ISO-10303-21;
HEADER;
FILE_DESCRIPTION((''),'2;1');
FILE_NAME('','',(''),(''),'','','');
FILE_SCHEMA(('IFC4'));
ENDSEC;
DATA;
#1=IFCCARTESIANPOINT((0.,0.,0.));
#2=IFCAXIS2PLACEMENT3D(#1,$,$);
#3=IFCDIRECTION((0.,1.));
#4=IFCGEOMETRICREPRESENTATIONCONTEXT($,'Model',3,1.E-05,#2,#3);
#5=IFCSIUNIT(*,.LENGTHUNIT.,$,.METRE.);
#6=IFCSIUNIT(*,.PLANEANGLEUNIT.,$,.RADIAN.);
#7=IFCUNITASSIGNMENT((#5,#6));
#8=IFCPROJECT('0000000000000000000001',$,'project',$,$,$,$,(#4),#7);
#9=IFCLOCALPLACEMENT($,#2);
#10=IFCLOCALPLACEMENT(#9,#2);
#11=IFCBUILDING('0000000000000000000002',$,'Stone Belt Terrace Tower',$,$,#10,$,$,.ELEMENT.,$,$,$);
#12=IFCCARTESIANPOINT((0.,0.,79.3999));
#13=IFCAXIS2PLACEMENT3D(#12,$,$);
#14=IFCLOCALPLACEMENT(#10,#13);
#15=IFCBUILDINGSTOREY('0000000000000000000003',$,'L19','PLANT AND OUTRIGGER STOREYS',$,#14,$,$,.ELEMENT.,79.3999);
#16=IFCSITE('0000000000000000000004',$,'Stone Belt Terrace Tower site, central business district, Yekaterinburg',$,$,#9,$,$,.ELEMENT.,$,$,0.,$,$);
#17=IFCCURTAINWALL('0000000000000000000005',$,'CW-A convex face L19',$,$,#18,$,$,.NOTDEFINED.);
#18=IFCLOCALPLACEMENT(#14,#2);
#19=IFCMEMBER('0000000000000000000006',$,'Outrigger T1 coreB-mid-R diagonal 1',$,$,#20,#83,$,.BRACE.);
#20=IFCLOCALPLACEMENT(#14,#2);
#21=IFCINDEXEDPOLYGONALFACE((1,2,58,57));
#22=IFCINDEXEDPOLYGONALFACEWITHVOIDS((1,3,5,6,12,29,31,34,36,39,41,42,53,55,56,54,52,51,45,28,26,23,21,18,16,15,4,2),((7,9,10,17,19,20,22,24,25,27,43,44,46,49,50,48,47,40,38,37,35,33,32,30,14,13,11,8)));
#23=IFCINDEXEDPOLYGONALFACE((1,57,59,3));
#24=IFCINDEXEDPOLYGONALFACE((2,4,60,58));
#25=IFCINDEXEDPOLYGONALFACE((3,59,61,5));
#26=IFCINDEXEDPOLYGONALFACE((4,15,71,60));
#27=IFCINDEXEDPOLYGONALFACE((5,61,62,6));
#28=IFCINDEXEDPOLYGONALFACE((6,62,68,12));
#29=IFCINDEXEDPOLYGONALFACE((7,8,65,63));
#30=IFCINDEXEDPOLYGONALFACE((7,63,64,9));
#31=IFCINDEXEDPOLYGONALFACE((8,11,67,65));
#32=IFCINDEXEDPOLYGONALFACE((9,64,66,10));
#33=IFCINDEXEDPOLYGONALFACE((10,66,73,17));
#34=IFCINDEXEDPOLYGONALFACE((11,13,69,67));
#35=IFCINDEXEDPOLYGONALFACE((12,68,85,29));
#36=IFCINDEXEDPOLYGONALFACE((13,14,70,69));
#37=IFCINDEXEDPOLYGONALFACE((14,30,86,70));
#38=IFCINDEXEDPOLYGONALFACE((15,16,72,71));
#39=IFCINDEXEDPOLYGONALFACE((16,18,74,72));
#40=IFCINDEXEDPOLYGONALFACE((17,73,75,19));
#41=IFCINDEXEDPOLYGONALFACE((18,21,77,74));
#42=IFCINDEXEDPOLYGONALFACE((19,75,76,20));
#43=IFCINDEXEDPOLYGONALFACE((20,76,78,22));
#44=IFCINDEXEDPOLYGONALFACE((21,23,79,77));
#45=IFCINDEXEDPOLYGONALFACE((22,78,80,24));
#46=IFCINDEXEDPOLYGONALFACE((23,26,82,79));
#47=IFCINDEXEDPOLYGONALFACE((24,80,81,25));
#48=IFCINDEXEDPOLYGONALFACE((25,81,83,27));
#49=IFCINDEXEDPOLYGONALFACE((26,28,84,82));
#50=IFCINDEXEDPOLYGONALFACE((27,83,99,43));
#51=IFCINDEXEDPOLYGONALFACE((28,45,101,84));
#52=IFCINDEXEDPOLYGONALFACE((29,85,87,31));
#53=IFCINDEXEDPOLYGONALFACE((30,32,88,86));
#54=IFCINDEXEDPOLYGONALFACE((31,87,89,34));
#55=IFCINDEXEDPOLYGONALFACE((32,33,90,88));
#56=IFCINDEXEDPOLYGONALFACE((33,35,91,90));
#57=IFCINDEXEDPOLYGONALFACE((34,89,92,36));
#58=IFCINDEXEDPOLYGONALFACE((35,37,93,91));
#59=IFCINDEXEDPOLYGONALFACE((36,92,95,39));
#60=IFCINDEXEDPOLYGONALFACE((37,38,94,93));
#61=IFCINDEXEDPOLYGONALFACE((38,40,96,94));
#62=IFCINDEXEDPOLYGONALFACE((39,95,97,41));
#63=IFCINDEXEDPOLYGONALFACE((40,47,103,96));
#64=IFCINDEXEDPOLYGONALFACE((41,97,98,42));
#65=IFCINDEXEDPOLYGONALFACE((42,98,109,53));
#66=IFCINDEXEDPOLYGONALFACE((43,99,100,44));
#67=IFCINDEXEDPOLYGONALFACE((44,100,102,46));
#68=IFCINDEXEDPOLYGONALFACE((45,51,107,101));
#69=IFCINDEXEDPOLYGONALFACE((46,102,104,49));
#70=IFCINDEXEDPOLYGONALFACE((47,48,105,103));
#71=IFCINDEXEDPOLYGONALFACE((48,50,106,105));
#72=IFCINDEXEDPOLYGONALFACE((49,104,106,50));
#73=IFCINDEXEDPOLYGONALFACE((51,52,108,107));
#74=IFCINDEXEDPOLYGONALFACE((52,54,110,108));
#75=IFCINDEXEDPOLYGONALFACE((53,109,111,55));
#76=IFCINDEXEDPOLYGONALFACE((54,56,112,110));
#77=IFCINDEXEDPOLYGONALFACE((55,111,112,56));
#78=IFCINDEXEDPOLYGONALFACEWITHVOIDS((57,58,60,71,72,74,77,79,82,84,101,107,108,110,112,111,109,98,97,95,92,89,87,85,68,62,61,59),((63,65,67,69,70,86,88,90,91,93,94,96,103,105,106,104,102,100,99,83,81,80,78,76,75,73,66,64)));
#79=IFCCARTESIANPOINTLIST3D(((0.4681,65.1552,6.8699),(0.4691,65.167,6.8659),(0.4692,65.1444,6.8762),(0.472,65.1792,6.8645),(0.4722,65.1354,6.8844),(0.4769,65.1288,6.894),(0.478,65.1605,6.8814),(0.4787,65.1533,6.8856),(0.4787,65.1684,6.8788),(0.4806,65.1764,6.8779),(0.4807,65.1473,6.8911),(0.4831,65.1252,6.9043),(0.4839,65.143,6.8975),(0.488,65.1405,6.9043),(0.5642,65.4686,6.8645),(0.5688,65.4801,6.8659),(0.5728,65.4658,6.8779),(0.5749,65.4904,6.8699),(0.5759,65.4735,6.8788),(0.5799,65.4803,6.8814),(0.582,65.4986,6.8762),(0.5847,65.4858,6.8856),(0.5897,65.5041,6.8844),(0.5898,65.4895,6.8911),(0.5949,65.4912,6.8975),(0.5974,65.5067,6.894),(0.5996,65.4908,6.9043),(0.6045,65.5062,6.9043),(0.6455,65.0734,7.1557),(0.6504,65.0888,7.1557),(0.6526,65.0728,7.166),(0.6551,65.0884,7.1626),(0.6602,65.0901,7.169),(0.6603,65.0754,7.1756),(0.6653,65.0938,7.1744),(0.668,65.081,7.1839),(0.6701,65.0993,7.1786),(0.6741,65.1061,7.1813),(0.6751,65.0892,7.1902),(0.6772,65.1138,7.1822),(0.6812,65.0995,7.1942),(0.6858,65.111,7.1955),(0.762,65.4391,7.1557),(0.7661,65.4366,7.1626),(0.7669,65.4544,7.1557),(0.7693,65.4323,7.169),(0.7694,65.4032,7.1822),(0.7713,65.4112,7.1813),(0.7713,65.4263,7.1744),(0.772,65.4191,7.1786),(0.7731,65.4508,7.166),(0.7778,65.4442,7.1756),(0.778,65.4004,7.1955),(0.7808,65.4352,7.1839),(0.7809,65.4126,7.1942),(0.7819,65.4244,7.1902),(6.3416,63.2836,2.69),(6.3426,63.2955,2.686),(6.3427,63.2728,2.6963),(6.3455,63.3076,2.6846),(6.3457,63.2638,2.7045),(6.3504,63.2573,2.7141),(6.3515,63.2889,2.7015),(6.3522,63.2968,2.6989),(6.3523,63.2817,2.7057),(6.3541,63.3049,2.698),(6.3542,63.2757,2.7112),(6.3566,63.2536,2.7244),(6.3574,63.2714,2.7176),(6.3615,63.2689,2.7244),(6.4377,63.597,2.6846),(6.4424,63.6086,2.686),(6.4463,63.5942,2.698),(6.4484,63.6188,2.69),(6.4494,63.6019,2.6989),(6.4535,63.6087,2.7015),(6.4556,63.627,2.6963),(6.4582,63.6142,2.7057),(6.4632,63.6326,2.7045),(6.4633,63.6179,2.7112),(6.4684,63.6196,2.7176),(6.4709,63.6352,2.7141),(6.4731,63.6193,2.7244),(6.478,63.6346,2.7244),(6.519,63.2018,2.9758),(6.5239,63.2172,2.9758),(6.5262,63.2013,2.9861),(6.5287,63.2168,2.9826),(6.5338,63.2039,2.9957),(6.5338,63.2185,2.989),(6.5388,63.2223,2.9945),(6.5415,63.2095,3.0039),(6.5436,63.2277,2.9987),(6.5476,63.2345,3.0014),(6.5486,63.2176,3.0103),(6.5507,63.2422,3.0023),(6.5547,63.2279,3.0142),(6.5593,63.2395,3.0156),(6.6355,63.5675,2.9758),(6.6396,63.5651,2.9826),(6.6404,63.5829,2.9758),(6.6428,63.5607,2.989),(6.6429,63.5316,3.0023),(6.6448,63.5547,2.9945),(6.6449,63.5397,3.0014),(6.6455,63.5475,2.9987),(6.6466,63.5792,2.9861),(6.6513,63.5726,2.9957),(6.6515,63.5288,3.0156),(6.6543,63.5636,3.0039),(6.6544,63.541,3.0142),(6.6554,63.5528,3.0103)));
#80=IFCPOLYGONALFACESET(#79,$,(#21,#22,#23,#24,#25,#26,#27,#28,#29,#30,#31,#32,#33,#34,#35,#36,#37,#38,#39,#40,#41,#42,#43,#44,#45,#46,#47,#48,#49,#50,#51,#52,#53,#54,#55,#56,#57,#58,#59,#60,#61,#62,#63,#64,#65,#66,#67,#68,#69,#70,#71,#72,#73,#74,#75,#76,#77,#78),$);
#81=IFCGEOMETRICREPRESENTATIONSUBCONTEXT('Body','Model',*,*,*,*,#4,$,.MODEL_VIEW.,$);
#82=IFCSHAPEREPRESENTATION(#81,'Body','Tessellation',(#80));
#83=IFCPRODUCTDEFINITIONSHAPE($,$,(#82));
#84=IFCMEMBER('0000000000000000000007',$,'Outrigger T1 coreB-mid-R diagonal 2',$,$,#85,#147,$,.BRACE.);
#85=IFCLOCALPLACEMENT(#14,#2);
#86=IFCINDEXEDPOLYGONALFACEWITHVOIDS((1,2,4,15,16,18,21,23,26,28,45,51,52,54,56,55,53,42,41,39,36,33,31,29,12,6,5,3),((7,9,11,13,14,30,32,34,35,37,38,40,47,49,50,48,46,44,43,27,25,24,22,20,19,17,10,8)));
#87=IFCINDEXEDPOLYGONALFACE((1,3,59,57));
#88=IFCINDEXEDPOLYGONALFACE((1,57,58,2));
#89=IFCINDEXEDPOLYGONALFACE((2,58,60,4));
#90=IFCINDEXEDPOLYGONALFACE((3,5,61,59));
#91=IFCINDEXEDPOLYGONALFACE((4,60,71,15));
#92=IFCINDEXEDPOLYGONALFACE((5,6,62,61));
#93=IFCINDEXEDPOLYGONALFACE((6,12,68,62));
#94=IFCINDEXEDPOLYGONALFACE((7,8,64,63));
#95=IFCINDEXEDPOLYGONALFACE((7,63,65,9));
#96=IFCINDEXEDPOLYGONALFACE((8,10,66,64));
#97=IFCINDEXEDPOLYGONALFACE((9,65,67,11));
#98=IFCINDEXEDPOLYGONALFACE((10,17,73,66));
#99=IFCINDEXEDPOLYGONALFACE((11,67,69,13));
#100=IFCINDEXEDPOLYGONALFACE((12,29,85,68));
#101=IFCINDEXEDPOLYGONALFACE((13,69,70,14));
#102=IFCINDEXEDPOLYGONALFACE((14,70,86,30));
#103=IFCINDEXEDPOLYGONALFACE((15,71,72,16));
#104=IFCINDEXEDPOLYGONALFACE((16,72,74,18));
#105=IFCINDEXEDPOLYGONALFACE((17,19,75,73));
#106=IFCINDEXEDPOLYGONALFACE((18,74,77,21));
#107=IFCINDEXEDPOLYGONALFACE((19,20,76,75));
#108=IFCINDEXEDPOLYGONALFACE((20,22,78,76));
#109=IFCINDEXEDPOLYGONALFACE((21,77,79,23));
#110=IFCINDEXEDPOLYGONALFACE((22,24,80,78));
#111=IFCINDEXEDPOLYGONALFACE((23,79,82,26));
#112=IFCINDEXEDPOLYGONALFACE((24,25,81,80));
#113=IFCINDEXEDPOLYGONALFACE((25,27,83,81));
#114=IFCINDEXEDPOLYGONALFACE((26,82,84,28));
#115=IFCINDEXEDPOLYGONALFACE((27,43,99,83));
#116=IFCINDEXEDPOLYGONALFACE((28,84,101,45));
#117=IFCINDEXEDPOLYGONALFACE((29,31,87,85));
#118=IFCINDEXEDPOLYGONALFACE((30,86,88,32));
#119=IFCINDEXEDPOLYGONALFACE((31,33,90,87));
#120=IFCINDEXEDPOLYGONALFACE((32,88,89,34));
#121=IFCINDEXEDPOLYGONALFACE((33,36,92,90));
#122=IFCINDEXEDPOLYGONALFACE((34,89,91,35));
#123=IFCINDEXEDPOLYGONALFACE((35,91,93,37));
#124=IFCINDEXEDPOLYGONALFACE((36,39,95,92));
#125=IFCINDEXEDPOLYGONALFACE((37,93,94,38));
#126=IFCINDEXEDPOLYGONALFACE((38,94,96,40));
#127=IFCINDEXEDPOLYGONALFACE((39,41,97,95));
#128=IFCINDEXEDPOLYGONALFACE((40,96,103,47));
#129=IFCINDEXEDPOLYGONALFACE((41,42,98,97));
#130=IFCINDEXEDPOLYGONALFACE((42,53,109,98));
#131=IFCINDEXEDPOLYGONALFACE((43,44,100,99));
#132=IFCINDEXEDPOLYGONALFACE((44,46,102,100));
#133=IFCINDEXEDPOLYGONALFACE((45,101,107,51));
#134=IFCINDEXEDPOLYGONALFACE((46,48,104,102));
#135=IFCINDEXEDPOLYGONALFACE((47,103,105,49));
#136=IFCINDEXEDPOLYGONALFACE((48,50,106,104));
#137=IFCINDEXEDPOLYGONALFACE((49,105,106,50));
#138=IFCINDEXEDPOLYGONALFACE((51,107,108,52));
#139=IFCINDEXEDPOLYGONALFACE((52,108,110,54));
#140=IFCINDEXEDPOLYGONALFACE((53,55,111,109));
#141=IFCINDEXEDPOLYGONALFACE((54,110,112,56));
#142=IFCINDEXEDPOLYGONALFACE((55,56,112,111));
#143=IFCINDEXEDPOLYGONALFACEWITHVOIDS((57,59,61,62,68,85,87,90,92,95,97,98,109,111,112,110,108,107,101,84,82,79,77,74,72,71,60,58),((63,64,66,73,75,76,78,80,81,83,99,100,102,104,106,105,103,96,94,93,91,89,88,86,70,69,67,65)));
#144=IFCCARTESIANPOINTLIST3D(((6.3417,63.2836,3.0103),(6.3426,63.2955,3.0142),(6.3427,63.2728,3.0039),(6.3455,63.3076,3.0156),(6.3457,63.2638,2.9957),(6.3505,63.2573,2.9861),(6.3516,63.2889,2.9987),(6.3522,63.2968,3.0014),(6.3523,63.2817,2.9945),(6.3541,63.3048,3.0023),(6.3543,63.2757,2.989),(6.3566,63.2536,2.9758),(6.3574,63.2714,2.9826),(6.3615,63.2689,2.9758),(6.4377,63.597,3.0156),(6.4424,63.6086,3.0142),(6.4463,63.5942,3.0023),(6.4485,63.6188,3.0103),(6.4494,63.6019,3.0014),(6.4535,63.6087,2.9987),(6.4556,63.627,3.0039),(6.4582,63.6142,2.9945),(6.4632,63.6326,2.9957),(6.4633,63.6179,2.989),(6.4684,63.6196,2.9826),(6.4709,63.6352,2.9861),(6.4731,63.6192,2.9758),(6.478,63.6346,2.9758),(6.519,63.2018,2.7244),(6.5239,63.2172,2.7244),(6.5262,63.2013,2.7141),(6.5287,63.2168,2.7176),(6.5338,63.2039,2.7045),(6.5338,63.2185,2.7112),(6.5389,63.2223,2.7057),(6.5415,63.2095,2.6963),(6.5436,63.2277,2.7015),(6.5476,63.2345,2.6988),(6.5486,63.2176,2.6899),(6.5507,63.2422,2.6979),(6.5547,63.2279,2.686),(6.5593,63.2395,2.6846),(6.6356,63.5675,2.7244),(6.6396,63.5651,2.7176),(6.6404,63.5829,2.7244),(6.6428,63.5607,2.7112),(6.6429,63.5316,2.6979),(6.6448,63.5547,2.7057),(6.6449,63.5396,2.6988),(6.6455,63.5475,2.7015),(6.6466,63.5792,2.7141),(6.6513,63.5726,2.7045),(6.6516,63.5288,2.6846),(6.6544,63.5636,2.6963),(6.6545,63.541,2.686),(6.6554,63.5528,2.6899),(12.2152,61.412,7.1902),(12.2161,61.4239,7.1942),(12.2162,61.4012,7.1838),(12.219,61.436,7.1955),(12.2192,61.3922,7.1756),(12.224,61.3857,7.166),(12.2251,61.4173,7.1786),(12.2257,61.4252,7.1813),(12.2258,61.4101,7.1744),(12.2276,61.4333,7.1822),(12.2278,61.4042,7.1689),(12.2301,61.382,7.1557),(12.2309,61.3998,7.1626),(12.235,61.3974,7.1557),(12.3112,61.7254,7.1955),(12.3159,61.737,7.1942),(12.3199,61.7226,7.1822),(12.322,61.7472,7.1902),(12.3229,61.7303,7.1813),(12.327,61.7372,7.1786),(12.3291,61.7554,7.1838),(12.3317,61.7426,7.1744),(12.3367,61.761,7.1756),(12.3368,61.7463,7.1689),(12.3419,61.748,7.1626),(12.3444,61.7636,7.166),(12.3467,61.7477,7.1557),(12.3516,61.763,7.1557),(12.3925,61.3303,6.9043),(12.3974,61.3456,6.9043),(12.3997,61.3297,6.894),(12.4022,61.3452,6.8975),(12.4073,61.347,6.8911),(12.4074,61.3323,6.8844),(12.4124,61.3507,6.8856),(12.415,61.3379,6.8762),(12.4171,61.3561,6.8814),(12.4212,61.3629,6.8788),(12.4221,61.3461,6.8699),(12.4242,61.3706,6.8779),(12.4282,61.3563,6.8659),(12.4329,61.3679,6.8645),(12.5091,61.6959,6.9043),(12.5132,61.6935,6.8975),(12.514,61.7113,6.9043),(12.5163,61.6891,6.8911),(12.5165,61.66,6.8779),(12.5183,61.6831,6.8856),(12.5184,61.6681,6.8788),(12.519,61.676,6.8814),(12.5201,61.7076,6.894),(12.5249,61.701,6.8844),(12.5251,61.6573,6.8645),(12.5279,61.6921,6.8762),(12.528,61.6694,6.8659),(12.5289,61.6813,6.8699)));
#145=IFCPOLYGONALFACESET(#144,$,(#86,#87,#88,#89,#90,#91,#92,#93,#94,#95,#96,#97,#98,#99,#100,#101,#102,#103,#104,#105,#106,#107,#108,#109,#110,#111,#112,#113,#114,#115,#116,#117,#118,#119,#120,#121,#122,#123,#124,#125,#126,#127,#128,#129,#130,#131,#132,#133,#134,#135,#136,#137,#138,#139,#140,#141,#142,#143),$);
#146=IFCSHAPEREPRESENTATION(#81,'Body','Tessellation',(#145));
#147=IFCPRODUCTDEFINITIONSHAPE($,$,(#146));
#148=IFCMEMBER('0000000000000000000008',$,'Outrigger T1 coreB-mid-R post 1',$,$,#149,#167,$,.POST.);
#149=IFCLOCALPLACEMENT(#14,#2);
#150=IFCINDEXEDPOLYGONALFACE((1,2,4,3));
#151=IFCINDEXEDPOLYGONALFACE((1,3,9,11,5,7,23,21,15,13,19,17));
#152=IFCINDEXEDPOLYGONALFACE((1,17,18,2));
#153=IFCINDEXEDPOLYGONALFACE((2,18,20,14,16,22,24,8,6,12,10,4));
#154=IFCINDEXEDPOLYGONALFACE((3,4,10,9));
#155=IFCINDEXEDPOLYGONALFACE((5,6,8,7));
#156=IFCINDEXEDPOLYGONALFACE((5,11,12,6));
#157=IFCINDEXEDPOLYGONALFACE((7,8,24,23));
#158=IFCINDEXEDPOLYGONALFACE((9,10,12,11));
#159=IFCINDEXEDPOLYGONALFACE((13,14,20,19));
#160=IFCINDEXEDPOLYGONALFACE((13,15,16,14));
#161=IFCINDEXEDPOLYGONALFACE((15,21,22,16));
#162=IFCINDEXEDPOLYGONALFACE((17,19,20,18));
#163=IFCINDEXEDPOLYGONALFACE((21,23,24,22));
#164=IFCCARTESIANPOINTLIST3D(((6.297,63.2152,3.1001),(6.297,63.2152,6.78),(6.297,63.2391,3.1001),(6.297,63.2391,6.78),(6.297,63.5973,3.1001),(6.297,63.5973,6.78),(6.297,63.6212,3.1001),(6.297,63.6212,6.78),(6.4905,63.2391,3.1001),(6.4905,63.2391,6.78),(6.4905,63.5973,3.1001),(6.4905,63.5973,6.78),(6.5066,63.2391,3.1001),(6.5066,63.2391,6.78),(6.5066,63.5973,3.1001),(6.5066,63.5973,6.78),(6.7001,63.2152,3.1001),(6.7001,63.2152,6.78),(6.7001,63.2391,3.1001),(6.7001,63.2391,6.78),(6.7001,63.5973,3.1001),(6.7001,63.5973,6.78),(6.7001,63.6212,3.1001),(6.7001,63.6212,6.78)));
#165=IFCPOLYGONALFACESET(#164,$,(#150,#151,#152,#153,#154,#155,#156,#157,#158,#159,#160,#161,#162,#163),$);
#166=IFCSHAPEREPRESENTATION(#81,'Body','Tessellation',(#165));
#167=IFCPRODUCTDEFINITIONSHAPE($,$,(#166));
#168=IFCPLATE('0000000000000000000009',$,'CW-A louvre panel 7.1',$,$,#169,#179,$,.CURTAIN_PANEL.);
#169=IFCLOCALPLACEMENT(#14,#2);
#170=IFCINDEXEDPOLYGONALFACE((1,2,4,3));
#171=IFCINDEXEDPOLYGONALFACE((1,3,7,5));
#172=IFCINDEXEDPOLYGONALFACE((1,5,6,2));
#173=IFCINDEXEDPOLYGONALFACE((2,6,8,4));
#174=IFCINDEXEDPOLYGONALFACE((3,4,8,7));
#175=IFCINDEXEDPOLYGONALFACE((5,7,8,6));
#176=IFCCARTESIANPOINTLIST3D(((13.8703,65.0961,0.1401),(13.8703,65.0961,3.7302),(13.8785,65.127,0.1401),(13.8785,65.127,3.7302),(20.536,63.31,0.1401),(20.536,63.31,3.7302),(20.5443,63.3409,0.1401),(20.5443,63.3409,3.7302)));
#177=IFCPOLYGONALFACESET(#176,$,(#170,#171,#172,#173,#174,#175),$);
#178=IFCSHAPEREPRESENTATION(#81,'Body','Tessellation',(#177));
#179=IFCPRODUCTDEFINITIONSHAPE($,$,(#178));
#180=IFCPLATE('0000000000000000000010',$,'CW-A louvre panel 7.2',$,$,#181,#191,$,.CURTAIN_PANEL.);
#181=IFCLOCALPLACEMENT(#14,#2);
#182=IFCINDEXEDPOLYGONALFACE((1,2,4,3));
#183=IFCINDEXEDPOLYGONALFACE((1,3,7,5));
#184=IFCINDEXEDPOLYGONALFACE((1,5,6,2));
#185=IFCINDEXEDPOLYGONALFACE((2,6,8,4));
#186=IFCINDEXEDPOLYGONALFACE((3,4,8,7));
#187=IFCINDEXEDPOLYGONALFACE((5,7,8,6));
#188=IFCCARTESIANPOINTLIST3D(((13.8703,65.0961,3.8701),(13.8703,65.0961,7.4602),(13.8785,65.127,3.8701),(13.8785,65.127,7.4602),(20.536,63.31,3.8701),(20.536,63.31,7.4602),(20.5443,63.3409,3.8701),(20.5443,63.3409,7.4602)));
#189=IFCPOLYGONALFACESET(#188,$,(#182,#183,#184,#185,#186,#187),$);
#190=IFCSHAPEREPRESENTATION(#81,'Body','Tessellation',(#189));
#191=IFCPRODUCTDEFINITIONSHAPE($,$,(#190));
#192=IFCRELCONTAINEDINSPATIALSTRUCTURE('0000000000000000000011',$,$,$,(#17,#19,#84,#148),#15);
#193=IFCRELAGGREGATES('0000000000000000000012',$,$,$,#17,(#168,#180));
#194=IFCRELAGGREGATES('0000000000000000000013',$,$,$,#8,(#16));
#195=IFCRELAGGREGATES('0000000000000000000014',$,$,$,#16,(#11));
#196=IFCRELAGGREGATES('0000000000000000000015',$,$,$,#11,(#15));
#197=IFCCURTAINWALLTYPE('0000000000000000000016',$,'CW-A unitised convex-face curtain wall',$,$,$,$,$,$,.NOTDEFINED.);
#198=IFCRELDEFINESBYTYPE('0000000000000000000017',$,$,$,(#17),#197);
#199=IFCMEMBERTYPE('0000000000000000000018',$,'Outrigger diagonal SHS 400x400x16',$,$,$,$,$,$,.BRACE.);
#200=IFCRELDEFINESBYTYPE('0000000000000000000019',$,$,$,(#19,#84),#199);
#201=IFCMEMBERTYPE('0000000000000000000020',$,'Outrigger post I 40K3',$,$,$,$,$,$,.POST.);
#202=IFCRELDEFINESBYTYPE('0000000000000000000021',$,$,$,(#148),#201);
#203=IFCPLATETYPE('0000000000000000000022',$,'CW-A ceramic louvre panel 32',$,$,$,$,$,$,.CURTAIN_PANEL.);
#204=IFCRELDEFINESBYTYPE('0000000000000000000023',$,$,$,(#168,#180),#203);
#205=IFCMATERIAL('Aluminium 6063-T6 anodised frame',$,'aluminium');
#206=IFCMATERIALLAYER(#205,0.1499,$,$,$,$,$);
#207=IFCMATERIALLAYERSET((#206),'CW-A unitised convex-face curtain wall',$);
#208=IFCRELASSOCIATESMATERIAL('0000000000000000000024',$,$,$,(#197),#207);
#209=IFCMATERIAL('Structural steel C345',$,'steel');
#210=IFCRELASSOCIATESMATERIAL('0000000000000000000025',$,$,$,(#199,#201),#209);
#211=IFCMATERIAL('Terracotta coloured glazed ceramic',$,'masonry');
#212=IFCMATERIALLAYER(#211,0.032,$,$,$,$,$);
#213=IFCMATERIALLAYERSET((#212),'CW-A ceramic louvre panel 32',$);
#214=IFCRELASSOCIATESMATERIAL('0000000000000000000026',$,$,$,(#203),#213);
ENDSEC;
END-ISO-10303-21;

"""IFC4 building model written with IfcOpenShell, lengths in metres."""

from ifc_helpers import new_model, si_unit, direction, frame, origin, origin_2d, place, context, subcontext, project, spatial, rectangle, hollow_rectangle, i_section, extrude, material, layer, layer_set, material_profile, profile_set, type_object, element, aggregate, save


model = new_model("IFC4")

# Units and contexts
model_context = context("Model", 3, precision=1e-05, world=origin(), true_north=direction((0.0, 1.0)))
body_context = subcontext(model_context, "Body", "Model", "MODEL_VIEW")
ifc_project = project(units=[si_unit("LENGTHUNIT", "METRE"), si_unit("PLANEANGLEUNIT", "RADIAN")], contexts=[model_context])

# Site, building, storey
site_placement = place(None, origin())
site = spatial("IfcSite", under=ifc_project, at=site_placement, Name="Stone Belt Terrace Tower site, central business district, Yekaterinburg", CompositionType="ELEMENT", RefElevation=0.0)
building_placement = place(site_placement, origin())
building = spatial("IfcBuilding", under=site, at=building_placement, Name="Stone Belt Terrace Tower", CompositionType="ELEMENT")
storey_placement = place(building_placement, frame((0.0, 0.0, 79.3999)))
storey = spatial("IfcBuildingStorey", under=building, at=storey_placement, Name="L19", Description="PLANT AND OUTRIGGER STOREYS", CompositionType="ELEMENT", Elevation=79.3999)

# Curtain wall
ifc_material_1 = material(Name="Aluminium 6063-T6 anodised frame", Category="aluminium")
ifc_layer_1 = layer(ifc_material_1, 0.1499)
ifc_layer_set_1 = layer_set([ifc_layer_1], Name="CW-A unitised convex-face curtain wall")
curtain_wall_type = type_object("IfcCurtainWallType", Name="CW-A unitised convex-face curtain wall", PredefinedType="NOTDEFINED", material=ifc_layer_set_1)
curtain_wall_placement = place(storey_placement, origin())
curtain_wall = element("IfcCurtainWall", 1, at=curtain_wall_placement, inside=storey, type_object=curtain_wall_type, Name="CW-A convex face L19", PredefinedType="NOTDEFINED")

# Members
ifc_material_2 = material(Name="Structural steel C345", Category="steel")
ifc_material_profile_1 = material_profile(ifc_material_2, hollow_rectangle(XDim=0.3999, YDim=0.3999, WallThickness=0.0161, InnerFilletRadius=0.032, OuterFilletRadius=0.0481, at=origin_2d()), Name="SHS 400x400x16")
ifc_profile_set_1 = profile_set([ifc_material_profile_1], Name="Structural steel C345")
member_type_1 = type_object("IfcMemberType", Name="Outrigger diagonal SHS 400x400x16", PredefinedType="BRACE", material=ifc_profile_set_1)
for number, where, z_axis, x_axis, name in (
    (2, (0.625, 65.2898, 7.03), (0.788603, -0.251286, -0.561213), (0.303606, 0.952798, 0.0), "Outrigger T1 coreB-mid-R diagonal 1"),
    (3, (6.4985, 63.4182, 2.8501), (0.788603, -0.251286, 0.561213), (0.303606, 0.952798, 0.0), "Outrigger T1 coreB-mid-R diagonal 2"),
):
    element("IfcMember", number, at=place(storey_placement, frame(where, z_axis=z_axis, x_axis=x_axis)), inside=storey, type_object=member_type_1, Name=name, PredefinedType="BRACE", context=body_context, shape_type="SweptSolid", body=[
        extrude(hollow_rectangle(XDim=0.3999, YDim=0.3999, WallThickness=0.0161, InnerFilletRadius=0.032, OuterFilletRadius=0.0481, at=origin_2d()), origin(), (0.0, 0.0, 1.0), 7.448),
    ])
ifc_material_profile_2 = material_profile(ifc_material_2, i_section(OverallWidth=0.4031, OverallDepth=0.406, WebThickness=0.0161, FlangeThickness=0.0239, at=origin_2d()), Name="I 40K3")
ifc_profile_set_2 = profile_set([ifc_material_profile_2], Name="Structural steel C345")
member_type_2 = type_object("IfcMemberType", Name="Outrigger post I 40K3", PredefinedType="POST", material=ifc_profile_set_2)
member_1_placement = place(storey_placement, frame((6.4985, 63.4182, 3.1001), z_axis=(0.0, 0.0, 1.0), x_axis=(1.0, 0.0, 0.0)))
element("IfcMember", 4, at=member_1_placement, inside=storey, type_object=member_type_2, Name="Outrigger T1 coreB-mid-R post 1", PredefinedType="POST", context=body_context, shape_type="SweptSolid", body=[
    extrude(i_section(OverallWidth=0.4031, OverallDepth=0.406, WebThickness=0.0161, FlangeThickness=0.0239, at=origin_2d()), origin(), (0.0, 0.0, 1.0), 3.6799),
])

# Plates
ifc_material_3 = material(Name="Terracotta coloured glazed ceramic", Category="masonry")
ifc_layer_2 = layer(ifc_material_3, 0.032)
ifc_layer_set_2 = layer_set([ifc_layer_2], Name="CW-A ceramic louvre panel 32")
plate_type_1 = type_object("IfcPlateType", Name="CW-A ceramic louvre panel 32", PredefinedType="CURTAIN_PANEL", material=ifc_layer_set_2)
plate_1_placement = place(storey_placement, frame((17.2073, 64.2185, 0.1401), z_axis=(0.0, 0.0, 1.0), x_axis=(-0.965926, 0.258819, 0.0)))
plate_1 = element("IfcPlate", 5, at=plate_1_placement, type_object=plate_type_1, Name="CW-A louvre panel 7.1", PredefinedType="CURTAIN_PANEL", context=body_context, shape_type="SweptSolid", body=[
    extrude(rectangle(XDim=6.9009, YDim=0.032, at=origin_2d()), origin(), (0.0, 0.0, 1.0), 3.5901),
])
plate_2_placement = place(storey_placement, frame((17.2073, 64.2185, 3.8701), z_axis=(0.0, 0.0, 1.0), x_axis=(-0.965926, 0.258819, 0.0)))
plate_2 = element("IfcPlate", 6, at=plate_2_placement, type_object=plate_type_1, Name="CW-A louvre panel 7.2", PredefinedType="CURTAIN_PANEL", context=body_context, shape_type="SweptSolid", body=[
    extrude(rectangle(XDim=6.9009, YDim=0.032, at=origin_2d()), origin(), (0.0, 0.0, 1.0), 3.5901),
])
aggregate(curtain_wall, [plate_1, plate_2])

save(model, "model.ifc")
